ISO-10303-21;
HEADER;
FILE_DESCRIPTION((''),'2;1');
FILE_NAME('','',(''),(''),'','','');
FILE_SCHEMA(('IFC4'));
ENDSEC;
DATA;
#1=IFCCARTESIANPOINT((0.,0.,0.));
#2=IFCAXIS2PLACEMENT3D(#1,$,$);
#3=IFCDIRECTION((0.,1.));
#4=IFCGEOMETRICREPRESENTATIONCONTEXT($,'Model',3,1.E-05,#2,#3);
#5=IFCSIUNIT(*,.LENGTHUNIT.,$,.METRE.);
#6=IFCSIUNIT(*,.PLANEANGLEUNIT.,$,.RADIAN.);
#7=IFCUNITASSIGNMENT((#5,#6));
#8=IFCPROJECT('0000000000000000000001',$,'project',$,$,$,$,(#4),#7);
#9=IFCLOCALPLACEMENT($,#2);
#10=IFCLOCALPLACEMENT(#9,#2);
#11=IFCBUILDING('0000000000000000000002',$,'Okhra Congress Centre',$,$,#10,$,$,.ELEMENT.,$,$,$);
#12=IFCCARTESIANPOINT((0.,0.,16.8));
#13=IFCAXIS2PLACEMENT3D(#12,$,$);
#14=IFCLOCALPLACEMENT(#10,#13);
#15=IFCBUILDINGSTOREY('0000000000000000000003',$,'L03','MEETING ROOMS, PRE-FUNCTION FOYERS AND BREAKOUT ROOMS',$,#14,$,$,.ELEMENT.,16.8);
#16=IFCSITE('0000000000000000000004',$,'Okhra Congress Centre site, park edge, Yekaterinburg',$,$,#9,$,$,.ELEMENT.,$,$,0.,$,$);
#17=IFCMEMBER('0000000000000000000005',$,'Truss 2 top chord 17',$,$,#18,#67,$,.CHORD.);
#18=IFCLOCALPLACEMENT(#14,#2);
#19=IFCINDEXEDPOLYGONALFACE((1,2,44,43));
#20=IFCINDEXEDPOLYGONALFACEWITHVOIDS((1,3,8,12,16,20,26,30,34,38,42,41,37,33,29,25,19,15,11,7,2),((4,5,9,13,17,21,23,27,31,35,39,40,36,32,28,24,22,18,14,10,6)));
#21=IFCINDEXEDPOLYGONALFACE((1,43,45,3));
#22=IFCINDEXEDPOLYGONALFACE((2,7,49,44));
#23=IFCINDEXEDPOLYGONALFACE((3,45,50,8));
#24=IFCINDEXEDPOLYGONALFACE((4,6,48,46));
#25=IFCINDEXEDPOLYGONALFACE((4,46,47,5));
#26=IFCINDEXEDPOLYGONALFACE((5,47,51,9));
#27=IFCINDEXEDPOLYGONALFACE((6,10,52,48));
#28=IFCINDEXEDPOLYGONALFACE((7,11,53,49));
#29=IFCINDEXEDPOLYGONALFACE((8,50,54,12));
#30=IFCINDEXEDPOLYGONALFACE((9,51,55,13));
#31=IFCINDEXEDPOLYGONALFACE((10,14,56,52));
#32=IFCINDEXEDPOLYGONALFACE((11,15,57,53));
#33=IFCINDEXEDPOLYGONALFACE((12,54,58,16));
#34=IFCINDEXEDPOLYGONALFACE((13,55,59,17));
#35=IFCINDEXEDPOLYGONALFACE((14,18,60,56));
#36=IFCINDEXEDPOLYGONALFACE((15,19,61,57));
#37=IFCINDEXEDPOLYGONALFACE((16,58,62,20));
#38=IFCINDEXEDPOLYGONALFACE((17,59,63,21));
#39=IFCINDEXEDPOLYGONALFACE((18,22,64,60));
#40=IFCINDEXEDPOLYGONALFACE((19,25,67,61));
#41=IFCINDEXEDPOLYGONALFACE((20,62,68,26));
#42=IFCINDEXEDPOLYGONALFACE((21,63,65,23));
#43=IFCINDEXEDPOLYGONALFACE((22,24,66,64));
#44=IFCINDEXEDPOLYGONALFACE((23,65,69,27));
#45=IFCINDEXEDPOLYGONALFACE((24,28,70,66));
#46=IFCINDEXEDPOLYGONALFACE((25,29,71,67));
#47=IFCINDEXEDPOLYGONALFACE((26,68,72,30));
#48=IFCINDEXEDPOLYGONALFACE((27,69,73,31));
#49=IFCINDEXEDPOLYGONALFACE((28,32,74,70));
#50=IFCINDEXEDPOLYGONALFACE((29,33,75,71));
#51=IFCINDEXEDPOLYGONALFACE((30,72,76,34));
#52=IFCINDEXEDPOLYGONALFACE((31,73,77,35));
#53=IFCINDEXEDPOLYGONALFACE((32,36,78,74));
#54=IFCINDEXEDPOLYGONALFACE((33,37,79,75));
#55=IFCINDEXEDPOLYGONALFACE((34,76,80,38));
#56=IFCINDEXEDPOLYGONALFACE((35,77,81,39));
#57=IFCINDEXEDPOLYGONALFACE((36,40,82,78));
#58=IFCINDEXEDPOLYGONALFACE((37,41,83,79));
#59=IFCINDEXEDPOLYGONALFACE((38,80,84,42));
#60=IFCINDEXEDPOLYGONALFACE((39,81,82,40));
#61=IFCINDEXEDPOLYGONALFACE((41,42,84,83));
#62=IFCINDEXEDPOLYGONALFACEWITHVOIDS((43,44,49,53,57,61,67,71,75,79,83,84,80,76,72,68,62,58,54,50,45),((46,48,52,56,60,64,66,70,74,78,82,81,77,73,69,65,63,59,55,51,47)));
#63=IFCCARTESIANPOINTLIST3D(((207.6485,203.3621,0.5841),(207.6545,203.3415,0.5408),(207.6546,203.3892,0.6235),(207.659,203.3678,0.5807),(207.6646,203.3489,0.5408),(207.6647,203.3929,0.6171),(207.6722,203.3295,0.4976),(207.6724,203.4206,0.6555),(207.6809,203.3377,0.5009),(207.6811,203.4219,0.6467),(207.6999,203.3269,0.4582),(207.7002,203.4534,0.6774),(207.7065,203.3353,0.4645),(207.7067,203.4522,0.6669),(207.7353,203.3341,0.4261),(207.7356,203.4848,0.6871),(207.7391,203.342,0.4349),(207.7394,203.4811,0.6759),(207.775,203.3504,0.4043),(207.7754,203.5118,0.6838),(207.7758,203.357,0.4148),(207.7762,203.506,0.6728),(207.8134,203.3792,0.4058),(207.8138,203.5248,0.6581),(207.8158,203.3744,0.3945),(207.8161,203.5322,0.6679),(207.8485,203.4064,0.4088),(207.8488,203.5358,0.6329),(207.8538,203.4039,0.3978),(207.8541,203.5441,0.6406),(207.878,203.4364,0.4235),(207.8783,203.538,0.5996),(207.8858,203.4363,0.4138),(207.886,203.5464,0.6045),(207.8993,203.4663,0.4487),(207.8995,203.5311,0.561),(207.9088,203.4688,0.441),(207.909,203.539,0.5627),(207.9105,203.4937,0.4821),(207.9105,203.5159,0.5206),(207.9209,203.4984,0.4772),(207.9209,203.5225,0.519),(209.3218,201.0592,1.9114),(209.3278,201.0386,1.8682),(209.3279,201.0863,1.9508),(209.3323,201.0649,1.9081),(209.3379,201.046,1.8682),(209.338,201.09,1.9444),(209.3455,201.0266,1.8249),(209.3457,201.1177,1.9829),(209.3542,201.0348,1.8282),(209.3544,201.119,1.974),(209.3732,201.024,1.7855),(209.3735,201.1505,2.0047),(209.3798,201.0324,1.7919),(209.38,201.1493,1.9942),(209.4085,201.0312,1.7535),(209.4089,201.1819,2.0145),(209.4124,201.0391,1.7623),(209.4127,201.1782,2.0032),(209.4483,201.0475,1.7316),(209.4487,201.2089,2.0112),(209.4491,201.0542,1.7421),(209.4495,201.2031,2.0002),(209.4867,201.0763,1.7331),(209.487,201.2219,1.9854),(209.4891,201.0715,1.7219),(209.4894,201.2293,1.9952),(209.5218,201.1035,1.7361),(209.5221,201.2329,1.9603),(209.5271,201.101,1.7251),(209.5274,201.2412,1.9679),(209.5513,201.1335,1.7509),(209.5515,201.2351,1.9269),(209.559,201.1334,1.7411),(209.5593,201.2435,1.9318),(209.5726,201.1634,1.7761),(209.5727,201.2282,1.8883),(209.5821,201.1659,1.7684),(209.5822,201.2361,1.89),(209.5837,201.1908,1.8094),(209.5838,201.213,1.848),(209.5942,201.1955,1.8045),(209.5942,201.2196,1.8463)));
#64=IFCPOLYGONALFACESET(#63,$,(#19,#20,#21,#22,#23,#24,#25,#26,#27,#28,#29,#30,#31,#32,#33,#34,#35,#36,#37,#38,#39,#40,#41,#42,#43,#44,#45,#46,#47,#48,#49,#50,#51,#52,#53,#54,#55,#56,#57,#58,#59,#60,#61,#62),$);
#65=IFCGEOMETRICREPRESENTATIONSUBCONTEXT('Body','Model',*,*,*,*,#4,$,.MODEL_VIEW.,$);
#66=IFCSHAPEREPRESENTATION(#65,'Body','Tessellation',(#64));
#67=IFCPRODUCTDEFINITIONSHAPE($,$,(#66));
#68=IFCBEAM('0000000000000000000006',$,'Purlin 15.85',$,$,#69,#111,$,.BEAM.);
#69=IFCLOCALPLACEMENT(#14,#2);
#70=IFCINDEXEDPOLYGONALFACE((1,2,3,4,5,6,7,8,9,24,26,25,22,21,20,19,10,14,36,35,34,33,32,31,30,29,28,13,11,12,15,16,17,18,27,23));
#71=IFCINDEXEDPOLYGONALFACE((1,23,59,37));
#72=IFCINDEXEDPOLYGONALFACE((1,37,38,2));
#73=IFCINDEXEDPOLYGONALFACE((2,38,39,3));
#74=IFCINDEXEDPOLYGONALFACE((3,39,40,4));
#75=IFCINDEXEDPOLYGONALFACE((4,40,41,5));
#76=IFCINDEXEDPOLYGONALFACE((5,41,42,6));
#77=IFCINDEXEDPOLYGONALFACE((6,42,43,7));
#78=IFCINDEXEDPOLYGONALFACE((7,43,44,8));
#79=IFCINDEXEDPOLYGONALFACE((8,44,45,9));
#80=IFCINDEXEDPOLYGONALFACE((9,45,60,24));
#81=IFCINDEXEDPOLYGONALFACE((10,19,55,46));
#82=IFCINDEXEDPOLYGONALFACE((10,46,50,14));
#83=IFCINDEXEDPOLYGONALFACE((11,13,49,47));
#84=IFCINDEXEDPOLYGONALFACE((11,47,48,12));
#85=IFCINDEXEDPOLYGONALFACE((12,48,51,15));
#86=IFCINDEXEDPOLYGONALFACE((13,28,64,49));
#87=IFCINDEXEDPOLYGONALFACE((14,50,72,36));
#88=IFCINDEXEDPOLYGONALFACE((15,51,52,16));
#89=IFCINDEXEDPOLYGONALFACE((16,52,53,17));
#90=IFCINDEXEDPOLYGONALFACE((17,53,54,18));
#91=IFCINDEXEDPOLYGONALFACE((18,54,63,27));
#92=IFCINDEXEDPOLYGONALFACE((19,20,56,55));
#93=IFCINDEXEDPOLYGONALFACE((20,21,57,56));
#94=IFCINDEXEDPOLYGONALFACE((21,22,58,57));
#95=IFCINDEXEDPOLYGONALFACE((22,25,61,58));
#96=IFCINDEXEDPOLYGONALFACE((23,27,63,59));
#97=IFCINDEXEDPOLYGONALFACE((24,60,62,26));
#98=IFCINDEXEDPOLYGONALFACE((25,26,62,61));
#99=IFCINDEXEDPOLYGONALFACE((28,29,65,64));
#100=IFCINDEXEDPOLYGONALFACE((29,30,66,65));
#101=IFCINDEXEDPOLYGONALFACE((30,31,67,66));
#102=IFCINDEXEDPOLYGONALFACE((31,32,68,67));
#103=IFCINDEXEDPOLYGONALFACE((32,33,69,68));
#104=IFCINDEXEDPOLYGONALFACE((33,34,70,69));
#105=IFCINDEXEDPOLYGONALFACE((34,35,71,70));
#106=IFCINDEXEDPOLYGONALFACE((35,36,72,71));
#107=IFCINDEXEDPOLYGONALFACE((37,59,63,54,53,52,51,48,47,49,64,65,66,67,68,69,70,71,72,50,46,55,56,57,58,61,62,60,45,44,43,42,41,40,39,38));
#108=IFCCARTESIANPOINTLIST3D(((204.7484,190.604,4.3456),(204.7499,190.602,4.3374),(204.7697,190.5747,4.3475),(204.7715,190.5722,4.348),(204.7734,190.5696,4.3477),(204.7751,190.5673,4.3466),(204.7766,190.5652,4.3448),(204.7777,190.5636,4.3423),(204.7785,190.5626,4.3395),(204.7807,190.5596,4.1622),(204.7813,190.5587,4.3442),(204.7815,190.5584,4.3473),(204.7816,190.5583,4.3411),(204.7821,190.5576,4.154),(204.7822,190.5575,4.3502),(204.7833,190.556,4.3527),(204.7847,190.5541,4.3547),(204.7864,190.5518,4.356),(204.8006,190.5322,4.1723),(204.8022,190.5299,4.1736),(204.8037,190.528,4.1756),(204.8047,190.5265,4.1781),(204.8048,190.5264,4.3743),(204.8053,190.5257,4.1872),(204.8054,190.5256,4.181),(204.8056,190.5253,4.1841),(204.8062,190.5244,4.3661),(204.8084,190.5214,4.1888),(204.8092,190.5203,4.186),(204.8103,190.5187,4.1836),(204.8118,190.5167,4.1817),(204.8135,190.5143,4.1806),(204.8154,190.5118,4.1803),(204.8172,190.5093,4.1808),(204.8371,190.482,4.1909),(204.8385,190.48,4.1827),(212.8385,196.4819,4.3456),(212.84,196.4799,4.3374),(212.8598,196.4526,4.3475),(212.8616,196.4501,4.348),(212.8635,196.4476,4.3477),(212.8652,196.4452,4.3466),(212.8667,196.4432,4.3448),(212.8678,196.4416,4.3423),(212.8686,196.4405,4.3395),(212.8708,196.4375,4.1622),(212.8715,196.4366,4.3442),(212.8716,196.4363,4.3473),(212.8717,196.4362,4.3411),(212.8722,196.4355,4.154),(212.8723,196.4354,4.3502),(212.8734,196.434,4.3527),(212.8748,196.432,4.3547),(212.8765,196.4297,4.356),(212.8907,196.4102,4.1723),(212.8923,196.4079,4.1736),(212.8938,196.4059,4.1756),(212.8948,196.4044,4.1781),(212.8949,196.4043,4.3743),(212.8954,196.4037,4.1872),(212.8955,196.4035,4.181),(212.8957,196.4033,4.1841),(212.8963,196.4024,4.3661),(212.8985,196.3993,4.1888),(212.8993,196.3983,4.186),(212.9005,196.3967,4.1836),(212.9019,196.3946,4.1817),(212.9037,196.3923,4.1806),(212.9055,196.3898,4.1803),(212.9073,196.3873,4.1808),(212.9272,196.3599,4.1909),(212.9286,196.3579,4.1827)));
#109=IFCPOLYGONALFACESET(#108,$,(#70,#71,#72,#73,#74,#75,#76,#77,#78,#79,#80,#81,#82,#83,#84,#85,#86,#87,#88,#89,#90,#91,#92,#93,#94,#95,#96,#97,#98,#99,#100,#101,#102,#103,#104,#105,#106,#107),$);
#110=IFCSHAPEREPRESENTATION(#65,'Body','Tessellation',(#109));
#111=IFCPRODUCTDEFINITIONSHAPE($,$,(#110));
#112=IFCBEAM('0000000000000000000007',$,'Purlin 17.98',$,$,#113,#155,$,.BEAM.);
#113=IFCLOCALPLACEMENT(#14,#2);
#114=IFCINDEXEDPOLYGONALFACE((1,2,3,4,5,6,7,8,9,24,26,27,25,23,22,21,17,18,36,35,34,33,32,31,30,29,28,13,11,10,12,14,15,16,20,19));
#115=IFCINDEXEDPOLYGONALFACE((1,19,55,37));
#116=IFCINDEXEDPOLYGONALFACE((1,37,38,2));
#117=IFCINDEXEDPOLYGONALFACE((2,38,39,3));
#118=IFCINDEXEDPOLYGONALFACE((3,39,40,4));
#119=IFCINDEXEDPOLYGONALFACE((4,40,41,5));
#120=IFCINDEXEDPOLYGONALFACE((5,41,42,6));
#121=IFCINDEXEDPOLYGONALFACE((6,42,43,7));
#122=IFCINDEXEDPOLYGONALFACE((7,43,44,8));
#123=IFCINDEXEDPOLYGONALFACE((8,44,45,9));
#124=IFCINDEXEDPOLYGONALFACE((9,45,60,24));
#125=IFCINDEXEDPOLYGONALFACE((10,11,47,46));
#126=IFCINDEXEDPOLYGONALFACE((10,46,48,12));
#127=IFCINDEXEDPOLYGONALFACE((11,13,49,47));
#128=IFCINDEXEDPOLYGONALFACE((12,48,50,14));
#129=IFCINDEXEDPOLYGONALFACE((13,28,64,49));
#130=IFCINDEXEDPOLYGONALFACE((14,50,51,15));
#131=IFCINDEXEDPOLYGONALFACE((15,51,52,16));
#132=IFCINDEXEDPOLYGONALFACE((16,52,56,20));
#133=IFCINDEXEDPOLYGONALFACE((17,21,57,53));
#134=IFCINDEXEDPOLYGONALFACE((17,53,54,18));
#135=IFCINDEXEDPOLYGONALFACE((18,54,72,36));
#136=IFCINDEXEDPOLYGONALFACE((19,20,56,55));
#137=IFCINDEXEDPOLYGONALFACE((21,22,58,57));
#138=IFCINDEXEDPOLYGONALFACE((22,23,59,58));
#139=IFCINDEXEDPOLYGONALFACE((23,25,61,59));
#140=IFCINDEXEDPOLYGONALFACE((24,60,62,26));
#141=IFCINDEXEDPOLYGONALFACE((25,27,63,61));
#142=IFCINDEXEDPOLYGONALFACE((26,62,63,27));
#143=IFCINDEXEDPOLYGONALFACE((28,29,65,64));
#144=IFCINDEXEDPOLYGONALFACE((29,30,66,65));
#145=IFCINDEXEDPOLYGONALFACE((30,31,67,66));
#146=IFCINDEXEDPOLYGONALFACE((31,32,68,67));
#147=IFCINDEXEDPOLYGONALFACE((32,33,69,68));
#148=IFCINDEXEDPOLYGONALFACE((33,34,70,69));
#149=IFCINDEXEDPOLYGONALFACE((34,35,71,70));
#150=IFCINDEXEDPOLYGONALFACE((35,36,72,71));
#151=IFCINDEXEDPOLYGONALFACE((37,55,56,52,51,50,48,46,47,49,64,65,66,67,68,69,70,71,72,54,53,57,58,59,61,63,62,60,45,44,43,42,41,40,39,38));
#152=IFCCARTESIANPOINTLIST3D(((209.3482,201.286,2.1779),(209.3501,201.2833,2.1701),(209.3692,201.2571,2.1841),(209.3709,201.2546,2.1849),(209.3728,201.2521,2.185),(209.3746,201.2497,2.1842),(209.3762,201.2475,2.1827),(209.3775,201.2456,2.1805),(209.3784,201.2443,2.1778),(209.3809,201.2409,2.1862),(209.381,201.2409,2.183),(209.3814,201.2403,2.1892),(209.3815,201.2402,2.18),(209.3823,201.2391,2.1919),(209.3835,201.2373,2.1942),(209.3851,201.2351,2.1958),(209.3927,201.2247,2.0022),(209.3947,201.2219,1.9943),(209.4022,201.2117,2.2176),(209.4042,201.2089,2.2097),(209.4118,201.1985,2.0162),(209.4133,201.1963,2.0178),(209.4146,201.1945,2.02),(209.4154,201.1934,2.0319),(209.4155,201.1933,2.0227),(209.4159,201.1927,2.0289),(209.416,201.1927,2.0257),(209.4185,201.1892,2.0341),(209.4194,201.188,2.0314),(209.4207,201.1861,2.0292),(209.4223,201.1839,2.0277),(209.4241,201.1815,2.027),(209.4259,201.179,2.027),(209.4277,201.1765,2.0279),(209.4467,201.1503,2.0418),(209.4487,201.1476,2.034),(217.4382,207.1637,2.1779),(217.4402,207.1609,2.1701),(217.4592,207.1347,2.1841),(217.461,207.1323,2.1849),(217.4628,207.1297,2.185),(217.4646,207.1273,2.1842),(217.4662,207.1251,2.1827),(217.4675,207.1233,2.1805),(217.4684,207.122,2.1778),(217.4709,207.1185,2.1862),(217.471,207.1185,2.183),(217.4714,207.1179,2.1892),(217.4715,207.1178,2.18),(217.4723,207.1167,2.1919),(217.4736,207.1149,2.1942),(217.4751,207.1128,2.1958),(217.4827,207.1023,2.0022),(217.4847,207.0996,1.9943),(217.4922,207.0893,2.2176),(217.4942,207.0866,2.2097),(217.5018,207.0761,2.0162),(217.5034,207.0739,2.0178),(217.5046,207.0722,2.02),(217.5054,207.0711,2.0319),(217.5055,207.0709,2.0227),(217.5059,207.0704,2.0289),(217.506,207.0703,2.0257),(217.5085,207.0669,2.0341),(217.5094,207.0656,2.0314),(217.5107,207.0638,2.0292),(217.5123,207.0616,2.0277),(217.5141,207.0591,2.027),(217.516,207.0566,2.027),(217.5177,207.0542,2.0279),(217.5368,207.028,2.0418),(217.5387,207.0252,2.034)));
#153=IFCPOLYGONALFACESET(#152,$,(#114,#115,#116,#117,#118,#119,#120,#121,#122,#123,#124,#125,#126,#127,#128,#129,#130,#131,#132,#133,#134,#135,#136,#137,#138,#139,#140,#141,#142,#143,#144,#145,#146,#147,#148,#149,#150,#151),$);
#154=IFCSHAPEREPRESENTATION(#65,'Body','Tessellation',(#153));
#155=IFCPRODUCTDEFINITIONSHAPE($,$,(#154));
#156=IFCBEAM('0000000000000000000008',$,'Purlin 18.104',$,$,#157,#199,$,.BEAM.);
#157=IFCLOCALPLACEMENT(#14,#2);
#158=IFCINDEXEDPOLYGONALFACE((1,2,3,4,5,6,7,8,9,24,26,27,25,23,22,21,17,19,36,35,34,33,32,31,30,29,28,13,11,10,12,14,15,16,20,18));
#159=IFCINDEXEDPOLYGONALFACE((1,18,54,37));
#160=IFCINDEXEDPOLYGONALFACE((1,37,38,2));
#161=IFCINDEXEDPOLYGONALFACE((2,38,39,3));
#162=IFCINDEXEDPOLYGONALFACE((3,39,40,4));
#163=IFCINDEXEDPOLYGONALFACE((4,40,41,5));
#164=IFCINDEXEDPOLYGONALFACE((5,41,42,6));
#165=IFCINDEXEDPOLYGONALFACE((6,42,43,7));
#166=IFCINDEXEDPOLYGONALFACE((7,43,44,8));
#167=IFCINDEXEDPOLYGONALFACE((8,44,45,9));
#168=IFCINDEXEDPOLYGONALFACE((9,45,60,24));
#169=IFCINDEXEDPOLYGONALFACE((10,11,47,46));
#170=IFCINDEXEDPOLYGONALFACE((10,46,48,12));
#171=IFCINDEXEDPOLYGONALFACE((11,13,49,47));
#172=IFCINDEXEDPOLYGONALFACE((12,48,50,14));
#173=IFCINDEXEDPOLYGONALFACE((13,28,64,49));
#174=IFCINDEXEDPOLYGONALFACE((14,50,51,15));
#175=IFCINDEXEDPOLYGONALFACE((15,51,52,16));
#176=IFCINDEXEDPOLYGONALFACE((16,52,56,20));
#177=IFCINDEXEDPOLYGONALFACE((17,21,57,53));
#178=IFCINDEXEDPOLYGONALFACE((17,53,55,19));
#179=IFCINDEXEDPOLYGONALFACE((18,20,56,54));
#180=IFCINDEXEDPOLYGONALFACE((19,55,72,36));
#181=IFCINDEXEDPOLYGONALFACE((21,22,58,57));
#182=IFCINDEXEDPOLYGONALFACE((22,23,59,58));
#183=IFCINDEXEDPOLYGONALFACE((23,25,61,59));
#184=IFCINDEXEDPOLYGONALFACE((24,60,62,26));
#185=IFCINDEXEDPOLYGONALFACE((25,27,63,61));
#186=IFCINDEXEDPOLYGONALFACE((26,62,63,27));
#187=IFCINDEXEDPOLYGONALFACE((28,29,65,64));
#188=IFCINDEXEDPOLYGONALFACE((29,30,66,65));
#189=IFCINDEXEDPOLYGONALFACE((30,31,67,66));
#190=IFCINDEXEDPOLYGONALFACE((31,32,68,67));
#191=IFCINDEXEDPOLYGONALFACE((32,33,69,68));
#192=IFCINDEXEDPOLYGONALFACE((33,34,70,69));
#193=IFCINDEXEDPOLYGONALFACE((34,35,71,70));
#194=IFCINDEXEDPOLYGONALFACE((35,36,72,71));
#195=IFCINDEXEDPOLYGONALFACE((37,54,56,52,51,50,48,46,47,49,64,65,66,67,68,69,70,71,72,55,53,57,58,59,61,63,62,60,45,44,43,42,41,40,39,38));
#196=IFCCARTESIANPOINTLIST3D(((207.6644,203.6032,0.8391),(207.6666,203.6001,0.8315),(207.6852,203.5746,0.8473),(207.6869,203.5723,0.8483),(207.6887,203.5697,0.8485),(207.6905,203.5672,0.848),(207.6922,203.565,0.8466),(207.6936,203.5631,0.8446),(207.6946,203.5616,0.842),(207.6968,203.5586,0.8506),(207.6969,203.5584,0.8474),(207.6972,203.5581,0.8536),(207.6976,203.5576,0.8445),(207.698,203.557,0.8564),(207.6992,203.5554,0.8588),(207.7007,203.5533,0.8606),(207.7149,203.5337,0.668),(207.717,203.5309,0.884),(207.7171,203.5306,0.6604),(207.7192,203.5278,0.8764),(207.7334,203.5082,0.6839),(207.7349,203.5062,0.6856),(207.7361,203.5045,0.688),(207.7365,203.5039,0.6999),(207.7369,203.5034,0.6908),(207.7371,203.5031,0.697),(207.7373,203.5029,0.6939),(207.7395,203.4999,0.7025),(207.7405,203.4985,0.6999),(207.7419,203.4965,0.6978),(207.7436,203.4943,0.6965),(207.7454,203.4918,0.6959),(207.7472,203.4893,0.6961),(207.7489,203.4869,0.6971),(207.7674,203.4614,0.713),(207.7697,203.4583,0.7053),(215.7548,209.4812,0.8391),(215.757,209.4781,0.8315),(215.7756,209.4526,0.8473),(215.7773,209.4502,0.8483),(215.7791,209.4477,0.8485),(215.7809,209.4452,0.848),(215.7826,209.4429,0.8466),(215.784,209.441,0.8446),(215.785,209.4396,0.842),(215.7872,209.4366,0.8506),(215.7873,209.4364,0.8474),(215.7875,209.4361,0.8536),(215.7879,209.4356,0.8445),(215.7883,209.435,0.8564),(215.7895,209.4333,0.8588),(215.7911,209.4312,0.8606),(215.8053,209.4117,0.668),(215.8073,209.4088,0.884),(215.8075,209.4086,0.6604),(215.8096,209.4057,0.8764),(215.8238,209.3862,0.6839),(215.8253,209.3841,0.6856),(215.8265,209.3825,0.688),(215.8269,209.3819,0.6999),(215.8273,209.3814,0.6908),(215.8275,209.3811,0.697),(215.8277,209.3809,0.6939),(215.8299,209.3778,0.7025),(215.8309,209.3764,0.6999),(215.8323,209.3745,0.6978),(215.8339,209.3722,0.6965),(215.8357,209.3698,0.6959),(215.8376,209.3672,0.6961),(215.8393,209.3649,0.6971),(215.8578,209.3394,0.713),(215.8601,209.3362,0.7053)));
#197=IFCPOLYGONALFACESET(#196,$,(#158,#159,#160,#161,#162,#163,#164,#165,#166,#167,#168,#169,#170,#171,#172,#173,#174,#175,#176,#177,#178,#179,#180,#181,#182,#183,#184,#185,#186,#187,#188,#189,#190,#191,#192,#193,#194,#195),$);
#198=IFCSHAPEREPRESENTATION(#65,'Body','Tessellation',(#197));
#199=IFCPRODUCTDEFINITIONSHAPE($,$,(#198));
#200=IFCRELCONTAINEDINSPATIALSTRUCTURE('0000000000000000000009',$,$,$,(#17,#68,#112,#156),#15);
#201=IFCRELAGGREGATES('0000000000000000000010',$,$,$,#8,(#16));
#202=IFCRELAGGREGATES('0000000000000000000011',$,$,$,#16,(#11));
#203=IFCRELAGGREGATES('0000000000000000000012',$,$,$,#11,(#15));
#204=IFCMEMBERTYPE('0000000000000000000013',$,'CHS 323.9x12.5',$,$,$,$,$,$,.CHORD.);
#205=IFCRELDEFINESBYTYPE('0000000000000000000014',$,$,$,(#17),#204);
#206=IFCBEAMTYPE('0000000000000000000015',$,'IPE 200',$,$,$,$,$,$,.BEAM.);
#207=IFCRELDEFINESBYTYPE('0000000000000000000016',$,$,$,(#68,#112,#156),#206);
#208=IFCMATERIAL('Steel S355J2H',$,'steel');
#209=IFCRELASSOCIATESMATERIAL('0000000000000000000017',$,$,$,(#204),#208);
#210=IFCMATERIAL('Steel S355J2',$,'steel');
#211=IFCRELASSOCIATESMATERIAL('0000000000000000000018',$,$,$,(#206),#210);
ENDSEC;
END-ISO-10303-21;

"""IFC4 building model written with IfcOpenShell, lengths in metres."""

from ifc_helpers import new_model, si_unit, direction, frame, origin, origin_2d, place, context, subcontext, project, spatial, hollow_circle, i_section, extrude, material, material_profile, profile_set, type_object, element, save


model = new_model("IFC4")

# Units and contexts
model_context = context("Model", 3, precision=1e-05, world=origin(), true_north=direction((0.0, 1.0)))
body_context = subcontext(model_context, "Body", "Model", "MODEL_VIEW")
ifc_project = project(units=[si_unit("LENGTHUNIT", "METRE"), si_unit("PLANEANGLEUNIT", "RADIAN")], contexts=[model_context])

# Site, building, storey
site_placement = place(None, origin())
site = spatial("IfcSite", under=ifc_project, at=site_placement, Name="Okhra Congress Centre site, park edge, Yekaterinburg", CompositionType="ELEMENT", RefElevation=0.0)
building_placement = place(site_placement, origin())
building = spatial("IfcBuilding", under=site, at=building_placement, Name="Okhra Congress Centre", CompositionType="ELEMENT")
storey_placement = place(building_placement, frame((0.0, 0.0, 16.8)))
storey = spatial("IfcBuildingStorey", under=building, at=storey_placement, Name="L03", Description="MEETING ROOMS, PRE-FUNCTION FOYERS AND BREAKOUT ROOMS", CompositionType="ELEMENT", Elevation=16.8)

# Member
ifc_material_1 = material(Name="Steel S355J2H", Category="steel")
ifc_material_profile_1 = material_profile(ifc_material_1, hollow_circle(Radius=0.1619, WallThickness=0.0125, at=origin_2d()), Name="CHS 323.9x12.5")
ifc_profile_set_1 = profile_set([ifc_material_profile_1], Name="Steel S355J2H")
member_type_1 = type_object("IfcMemberType", Name="CHS 323.9x12.5", PredefinedType="CHORD", material=ifc_profile_set_1)
member_1_placement = place(storey_placement, frame((209.4587, 201.1338, 1.8682), z_axis=(-0.532745, 0.733204, -0.422605), x_axis=(-0.808996, -0.587815, 0.0)))
element("IfcMember", 1, at=member_1_placement, inside=storey, type_object=member_type_1, Name="Truss 2 top chord 17", PredefinedType="CHORD", context=body_context, shape_type="SweptSolid", body=[
    extrude(hollow_circle(Radius=0.1619, WallThickness=0.0125, at=origin_2d()), origin(), (0.0, 0.0, 1.0), 3.1409),
])

# Beams
ifc_material_2 = material(Name="Steel S355J2", Category="steel")
ifc_material_profile_2 = material_profile(ifc_material_2, i_section(OverallWidth=0.1001, OverallDepth=0.2, WebThickness=0.0056, FlangeThickness=0.0085, FilletRadius=0.012, at=origin_2d()), Name="IPE 200")
ifc_profile_set_2 = profile_set([ifc_material_profile_2], Name="Steel S355J2")
beam_type = type_object("IfcBeamType", Name="IPE 200", PredefinedType="BEAM", material=ifc_profile_set_2)
beam_1_placement = place(storey_placement, frame((204.7935, 190.542, 4.2642), z_axis=(0.80901, 0.587794, 0.0), x_axis=(-0.563101, 0.775024, -0.286803)))
element("IfcBeam", 2, at=beam_1_placement, inside=storey, type_object=beam_type, Name="Purlin 15.85", PredefinedType="BEAM", context=body_context, shape_type="SweptSolid", body=[
    extrude(i_section(OverallWidth=0.1001, OverallDepth=0.2, WebThickness=0.0056, FlangeThickness=0.0085, FilletRadius=0.012, at=origin_2d()), origin(), (0.0, 0.0, 1.0), 10.0),
])
beam_2_placement = place(storey_placement, frame((209.3984, 201.2168, 2.106), z_axis=(0.809022, 0.587778, 0.0), x_axis=(-0.539707, 0.742857, -0.39608)))
element("IfcBeam", 3, at=beam_2_placement, inside=storey, type_object=beam_type, Name="Purlin 17.98", PredefinedType="BEAM", context=body_context, shape_type="SweptSolid", body=[
    extrude(i_section(OverallWidth=0.1001, OverallDepth=0.2, WebThickness=0.0056, FlangeThickness=0.0085, FilletRadius=0.012, at=origin_2d()), origin(), (0.0, 0.0, 1.0), 9.9998),
])
beam_3_placement = place(storey_placement, frame((207.717, 203.5308, 0.7722), z_axis=(0.809019, 0.587783, 0.0), x_axis=(-0.525262, 0.722966, -0.448799)))
element("IfcBeam", 4, at=beam_3_placement, inside=storey, type_object=beam_type, Name="Purlin 18.104", PredefinedType="BEAM", context=body_context, shape_type="SweptSolid", body=[
    extrude(i_section(OverallWidth=0.1001, OverallDepth=0.2, WebThickness=0.0056, FlangeThickness=0.0085, FilletRadius=0.012, at=origin_2d()), origin(), (0.0, 0.0, 1.0), 10.0002),
])

save(model, "model.ifc")
